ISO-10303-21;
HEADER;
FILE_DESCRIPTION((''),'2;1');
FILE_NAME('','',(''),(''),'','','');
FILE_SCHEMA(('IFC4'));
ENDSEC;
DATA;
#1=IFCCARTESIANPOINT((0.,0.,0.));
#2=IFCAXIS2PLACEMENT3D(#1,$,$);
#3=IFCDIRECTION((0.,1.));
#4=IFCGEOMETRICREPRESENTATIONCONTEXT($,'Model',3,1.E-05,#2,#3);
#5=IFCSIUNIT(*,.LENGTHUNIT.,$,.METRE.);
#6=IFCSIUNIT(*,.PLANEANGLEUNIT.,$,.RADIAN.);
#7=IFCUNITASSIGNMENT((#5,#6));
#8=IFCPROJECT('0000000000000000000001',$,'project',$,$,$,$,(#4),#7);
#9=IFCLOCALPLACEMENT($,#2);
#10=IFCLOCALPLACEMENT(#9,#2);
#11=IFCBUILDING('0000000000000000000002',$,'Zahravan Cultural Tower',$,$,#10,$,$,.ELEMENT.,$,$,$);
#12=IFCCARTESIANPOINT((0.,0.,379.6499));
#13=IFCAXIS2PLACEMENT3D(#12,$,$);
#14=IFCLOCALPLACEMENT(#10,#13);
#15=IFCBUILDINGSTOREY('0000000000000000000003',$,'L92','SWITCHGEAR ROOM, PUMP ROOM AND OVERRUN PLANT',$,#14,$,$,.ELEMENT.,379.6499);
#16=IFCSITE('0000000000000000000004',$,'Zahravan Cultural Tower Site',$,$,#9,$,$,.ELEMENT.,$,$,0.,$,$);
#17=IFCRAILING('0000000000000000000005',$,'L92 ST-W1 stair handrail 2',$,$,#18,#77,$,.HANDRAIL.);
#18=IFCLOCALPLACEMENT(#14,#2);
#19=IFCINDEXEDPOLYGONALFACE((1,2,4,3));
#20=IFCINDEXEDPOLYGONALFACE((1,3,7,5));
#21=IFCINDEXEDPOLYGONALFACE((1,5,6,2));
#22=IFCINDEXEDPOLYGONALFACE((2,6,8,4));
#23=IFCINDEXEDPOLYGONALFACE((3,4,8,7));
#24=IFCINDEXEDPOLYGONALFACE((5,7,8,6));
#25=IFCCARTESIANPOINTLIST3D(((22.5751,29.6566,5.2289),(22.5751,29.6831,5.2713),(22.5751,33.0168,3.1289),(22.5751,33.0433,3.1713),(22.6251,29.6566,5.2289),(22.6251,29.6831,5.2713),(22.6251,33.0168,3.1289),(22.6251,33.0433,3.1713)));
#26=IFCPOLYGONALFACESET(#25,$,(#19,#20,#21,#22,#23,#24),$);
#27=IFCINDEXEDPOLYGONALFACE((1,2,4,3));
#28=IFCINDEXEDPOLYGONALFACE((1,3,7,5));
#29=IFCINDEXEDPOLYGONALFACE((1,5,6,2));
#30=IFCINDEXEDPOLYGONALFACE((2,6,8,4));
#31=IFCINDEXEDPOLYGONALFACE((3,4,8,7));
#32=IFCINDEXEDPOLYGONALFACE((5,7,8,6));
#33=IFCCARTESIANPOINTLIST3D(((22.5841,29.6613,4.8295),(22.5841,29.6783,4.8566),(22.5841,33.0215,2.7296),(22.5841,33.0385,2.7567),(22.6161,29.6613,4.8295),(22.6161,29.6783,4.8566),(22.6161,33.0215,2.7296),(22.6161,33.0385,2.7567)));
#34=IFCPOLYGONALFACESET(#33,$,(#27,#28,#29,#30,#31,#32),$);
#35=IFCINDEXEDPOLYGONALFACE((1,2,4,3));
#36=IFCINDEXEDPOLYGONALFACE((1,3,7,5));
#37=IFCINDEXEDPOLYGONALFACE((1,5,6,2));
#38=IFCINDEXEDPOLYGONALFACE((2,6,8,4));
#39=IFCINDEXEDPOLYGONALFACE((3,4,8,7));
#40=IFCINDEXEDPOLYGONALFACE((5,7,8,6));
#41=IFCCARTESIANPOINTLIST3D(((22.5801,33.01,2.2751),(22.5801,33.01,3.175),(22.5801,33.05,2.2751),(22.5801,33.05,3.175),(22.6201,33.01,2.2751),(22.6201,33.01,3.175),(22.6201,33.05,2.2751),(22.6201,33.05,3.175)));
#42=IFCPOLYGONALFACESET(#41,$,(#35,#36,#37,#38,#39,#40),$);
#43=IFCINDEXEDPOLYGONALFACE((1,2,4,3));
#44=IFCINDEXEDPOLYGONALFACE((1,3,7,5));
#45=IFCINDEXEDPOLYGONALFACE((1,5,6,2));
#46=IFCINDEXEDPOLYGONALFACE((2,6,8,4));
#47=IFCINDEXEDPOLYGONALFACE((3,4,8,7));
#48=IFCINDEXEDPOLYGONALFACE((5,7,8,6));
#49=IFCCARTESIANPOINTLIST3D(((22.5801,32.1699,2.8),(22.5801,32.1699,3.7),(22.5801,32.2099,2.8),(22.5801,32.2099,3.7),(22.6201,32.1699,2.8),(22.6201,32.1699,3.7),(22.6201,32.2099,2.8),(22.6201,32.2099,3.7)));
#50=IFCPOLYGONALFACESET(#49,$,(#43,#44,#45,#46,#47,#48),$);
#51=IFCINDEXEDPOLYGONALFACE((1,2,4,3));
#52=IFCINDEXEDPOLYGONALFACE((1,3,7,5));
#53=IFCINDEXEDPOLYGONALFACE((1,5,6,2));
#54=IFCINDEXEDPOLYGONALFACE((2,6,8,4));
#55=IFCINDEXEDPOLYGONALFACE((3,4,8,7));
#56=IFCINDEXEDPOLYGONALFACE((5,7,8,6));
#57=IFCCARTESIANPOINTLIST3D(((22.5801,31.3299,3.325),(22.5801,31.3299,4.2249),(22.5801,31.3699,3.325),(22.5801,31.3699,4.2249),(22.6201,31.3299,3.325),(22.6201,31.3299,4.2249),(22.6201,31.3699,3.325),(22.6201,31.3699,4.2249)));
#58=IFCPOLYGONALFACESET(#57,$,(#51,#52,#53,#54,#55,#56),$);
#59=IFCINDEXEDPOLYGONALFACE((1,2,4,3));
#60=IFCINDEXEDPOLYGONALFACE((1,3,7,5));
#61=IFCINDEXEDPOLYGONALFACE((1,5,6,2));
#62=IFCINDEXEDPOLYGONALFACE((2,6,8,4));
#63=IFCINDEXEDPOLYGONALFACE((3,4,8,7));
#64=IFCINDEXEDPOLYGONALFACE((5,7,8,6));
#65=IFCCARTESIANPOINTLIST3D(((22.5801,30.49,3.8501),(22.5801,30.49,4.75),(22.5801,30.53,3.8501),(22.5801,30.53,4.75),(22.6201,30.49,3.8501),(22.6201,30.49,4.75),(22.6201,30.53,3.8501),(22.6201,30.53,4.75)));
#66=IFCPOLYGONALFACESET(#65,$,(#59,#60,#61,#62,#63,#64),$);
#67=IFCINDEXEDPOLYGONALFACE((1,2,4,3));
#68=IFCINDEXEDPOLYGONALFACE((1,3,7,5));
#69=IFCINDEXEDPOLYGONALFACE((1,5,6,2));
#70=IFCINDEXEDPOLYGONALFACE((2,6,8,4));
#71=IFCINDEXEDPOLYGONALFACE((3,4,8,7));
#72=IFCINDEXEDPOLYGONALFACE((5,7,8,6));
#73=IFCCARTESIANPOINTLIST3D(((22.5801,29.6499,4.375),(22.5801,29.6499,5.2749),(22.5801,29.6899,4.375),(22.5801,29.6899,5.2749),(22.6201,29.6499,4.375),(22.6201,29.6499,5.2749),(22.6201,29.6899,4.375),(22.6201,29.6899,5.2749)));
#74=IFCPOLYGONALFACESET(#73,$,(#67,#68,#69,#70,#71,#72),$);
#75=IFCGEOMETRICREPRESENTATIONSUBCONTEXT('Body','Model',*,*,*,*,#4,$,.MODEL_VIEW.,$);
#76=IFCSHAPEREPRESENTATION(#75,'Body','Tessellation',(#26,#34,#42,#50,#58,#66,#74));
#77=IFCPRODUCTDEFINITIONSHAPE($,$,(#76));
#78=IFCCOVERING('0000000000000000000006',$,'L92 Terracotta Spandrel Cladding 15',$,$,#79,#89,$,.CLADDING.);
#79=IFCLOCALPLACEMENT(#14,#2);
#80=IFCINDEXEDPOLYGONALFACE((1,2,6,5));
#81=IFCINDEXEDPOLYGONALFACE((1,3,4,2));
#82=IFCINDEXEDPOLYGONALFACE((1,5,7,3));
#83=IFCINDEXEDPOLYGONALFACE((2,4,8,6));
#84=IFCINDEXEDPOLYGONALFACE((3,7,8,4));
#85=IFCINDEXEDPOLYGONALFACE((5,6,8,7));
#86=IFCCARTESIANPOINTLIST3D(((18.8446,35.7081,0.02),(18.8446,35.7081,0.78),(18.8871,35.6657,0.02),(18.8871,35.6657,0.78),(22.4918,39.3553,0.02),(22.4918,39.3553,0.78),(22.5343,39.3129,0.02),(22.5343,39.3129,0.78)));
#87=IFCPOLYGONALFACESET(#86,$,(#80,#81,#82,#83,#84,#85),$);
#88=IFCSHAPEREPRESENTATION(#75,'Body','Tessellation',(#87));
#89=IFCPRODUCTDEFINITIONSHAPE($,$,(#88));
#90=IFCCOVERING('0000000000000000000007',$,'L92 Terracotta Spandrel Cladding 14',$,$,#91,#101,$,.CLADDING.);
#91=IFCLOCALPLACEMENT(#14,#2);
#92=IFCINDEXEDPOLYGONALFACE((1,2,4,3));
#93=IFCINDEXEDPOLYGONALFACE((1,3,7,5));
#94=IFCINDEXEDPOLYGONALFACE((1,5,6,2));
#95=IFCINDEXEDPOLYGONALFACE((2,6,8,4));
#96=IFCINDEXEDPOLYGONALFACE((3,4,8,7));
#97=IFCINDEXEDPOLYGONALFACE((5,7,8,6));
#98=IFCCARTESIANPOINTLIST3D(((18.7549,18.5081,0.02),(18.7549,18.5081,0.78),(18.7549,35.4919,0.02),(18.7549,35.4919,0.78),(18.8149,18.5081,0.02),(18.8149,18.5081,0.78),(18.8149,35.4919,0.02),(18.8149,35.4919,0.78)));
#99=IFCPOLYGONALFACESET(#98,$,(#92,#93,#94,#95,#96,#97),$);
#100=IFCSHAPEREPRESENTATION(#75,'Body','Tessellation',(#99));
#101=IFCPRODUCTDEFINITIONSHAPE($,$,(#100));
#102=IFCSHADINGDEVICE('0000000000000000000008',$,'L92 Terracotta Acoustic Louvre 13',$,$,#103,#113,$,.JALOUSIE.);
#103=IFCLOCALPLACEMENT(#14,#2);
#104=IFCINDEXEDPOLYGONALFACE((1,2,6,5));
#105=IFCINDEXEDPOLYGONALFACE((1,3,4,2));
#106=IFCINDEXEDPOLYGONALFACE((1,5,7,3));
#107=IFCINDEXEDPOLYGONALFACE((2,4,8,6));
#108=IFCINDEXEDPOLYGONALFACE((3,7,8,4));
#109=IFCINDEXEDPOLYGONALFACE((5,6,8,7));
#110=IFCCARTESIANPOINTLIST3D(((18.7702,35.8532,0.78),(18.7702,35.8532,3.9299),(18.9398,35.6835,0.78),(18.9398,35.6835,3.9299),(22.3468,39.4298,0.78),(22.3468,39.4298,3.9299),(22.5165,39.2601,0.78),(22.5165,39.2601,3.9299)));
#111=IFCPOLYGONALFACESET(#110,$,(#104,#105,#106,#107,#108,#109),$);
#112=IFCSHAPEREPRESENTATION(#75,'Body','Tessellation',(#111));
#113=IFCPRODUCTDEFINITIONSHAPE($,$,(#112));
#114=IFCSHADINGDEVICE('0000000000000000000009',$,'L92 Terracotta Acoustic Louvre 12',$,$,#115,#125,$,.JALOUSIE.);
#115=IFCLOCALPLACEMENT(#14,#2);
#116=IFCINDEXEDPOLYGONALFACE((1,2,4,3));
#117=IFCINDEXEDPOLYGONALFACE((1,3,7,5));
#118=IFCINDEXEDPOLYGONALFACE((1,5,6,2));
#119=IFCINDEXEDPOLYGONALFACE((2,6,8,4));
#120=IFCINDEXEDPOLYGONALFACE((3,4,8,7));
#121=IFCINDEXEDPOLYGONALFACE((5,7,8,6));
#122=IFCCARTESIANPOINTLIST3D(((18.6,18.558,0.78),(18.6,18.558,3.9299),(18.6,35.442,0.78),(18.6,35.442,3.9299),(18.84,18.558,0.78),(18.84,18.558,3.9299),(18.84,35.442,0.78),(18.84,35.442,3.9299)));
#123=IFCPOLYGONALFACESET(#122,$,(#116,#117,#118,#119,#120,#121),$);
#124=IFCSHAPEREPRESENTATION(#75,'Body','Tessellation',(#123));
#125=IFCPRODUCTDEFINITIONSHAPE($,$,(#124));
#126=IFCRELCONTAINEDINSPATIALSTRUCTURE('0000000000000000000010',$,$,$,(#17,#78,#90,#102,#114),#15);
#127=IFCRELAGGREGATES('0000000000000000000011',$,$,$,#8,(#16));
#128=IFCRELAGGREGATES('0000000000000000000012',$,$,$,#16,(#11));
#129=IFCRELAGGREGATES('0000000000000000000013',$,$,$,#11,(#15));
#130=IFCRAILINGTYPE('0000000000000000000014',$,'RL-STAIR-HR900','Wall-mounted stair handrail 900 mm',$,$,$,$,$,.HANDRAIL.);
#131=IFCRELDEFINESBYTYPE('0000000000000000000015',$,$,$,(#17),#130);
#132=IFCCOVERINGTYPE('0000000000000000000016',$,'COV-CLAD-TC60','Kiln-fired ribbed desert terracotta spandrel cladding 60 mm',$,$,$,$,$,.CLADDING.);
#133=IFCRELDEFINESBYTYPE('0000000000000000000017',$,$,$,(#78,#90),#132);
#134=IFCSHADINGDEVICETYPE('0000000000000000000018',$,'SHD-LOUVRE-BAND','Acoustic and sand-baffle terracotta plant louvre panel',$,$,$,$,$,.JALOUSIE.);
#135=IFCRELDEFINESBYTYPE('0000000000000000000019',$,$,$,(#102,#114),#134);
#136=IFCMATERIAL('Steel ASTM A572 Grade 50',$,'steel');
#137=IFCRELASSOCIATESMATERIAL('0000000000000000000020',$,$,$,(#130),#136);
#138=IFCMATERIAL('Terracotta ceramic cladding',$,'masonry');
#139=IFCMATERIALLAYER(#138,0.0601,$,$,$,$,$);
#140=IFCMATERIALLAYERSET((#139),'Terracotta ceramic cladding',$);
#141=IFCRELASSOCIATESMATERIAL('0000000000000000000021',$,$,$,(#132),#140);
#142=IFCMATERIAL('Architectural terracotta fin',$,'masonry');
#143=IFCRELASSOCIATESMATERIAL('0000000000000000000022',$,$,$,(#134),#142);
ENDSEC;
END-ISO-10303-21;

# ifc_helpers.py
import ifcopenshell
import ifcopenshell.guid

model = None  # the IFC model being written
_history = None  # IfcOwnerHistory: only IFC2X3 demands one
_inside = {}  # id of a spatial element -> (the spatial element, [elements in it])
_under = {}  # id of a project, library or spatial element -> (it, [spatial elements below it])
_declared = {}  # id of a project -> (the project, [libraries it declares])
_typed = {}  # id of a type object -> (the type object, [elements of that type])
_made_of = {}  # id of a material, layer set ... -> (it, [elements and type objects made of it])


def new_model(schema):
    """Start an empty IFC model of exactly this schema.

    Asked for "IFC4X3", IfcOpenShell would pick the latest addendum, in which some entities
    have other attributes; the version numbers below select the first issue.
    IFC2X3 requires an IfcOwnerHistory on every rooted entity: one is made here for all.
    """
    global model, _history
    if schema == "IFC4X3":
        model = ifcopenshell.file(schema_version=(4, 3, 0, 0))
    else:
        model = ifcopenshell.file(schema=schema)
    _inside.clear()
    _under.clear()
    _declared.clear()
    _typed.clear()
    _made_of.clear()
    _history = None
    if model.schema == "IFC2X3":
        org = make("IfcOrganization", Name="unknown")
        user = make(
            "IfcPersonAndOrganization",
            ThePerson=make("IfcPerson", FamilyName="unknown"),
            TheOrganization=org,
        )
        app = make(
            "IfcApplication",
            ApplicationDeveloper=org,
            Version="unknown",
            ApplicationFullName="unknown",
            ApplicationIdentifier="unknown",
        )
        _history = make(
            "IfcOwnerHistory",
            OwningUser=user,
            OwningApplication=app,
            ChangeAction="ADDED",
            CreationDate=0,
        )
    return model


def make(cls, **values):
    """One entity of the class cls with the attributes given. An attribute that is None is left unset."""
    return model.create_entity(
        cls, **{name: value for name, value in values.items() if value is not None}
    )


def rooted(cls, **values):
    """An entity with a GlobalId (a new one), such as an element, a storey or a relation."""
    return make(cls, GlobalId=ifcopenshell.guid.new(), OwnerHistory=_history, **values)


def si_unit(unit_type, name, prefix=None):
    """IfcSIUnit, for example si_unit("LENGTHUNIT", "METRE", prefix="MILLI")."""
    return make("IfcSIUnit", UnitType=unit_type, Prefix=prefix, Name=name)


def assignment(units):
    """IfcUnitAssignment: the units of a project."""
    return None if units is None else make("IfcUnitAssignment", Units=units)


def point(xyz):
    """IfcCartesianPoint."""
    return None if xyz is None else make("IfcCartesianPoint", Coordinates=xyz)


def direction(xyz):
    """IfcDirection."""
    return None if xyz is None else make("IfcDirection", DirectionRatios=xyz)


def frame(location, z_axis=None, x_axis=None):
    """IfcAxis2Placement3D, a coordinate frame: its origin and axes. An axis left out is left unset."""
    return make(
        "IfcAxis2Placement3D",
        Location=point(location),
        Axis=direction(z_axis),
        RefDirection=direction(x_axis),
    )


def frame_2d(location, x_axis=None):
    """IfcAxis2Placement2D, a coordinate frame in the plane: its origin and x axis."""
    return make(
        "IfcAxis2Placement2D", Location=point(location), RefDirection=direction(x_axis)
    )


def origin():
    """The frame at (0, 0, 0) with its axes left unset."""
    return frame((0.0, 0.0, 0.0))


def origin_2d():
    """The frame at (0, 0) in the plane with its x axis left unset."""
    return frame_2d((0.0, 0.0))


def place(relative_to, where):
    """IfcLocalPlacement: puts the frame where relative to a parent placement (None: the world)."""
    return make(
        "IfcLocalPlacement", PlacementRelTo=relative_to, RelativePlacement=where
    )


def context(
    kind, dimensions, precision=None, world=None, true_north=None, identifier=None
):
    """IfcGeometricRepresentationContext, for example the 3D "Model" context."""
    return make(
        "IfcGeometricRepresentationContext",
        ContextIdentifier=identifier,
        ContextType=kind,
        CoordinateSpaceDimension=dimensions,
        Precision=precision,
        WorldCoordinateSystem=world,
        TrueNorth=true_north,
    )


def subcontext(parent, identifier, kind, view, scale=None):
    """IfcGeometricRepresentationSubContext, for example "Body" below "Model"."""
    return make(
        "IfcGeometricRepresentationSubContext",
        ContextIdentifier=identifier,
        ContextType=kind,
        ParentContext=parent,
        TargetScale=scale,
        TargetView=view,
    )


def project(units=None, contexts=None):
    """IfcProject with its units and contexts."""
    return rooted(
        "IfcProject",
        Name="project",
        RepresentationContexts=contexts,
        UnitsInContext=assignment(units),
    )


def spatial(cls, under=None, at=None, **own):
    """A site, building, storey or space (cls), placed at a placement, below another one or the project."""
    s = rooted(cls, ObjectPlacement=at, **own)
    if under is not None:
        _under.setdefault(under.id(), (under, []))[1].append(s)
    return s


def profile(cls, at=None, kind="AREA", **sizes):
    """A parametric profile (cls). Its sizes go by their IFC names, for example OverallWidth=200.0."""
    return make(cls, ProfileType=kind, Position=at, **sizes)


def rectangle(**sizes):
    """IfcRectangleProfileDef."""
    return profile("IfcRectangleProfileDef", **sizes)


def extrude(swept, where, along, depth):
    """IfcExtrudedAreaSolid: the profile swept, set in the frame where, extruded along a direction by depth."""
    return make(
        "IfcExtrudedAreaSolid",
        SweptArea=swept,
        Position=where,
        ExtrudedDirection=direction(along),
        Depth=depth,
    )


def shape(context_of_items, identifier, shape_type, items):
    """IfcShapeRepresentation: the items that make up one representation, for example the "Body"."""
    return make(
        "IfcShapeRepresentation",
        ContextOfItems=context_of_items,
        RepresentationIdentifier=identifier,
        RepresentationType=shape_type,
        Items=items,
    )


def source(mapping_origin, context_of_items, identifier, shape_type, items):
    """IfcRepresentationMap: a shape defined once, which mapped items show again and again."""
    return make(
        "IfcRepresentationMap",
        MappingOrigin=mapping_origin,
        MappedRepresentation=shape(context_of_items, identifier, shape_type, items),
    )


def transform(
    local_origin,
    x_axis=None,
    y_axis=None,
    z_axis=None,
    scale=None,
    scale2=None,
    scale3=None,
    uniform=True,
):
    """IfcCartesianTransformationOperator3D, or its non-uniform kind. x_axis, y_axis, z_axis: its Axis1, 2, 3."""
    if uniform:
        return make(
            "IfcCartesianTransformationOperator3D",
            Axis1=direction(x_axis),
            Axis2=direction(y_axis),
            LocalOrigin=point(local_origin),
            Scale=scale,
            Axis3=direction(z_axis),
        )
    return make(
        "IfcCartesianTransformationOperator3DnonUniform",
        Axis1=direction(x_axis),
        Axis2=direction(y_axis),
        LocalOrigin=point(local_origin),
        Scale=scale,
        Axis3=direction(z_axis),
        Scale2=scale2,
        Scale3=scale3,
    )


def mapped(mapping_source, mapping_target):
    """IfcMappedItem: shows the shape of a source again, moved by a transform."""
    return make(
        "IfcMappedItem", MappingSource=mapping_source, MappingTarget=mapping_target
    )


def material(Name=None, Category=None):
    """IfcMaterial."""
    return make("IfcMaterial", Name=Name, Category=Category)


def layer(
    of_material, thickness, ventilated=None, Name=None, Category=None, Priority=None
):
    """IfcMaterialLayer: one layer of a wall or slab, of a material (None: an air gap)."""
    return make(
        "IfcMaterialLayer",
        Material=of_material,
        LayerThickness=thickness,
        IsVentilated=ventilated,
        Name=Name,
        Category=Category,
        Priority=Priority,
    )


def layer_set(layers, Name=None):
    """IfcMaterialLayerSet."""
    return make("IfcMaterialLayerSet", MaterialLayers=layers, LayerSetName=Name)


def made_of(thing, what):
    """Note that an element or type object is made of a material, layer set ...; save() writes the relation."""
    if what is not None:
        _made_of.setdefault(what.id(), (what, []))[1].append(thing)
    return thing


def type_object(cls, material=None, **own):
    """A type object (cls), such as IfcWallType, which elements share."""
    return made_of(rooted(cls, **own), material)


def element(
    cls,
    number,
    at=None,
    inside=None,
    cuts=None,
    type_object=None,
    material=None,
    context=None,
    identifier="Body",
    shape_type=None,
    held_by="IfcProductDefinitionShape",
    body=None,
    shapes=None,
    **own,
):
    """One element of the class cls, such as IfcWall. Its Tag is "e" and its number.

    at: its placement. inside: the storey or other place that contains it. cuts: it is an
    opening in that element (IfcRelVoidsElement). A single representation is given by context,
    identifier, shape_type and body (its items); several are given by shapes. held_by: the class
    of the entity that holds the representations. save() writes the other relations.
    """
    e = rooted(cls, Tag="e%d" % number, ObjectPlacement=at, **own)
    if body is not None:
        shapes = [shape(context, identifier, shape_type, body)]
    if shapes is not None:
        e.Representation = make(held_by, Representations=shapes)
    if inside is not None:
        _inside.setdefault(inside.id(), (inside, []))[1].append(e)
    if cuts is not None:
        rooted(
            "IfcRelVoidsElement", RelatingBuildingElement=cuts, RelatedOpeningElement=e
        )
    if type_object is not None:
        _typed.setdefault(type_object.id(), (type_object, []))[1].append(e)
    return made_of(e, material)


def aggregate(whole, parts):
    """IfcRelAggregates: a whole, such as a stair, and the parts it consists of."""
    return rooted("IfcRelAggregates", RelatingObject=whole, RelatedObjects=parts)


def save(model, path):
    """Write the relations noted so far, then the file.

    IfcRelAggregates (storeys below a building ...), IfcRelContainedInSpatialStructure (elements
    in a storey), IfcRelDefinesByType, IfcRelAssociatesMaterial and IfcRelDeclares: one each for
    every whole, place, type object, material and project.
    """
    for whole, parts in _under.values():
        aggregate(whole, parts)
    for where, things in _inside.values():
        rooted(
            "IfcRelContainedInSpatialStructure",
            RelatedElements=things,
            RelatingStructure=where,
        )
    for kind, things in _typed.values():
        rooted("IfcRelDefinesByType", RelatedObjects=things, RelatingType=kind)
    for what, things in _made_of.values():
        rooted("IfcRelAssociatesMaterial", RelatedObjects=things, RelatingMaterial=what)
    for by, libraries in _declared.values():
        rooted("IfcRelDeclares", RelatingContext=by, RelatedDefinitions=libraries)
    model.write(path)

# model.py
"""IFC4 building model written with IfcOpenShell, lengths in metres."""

from ifc_helpers import new_model, si_unit, direction, frame, origin, origin_2d, place, context, subcontext, project, spatial, rectangle, extrude, source, transform, mapped, material, layer, layer_set, type_object, element, save


model = new_model("IFC4")

# Units and contexts
model_context = context("Model", 3, precision=1e-05, world=origin(), true_north=direction((0.0, 1.0)))
body_context = subcontext(model_context, "Body", "Model", "MODEL_VIEW")
ifc_project = project(units=[si_unit("LENGTHUNIT", "METRE"), si_unit("PLANEANGLEUNIT", "RADIAN")], contexts=[model_context])

# Site, building, storey
site_placement = place(None, origin())
site = spatial("IfcSite", under=ifc_project, at=site_placement, Name="Zahravan Cultural Tower Site", CompositionType="ELEMENT", RefElevation=0.0)
building_placement = place(site_placement, origin())
building = spatial("IfcBuilding", under=site, at=building_placement, Name="Zahravan Cultural Tower", CompositionType="ELEMENT")
storey_placement = place(building_placement, frame((0.0, 0.0, 379.6499)))
storey = spatial("IfcBuildingStorey", under=building, at=storey_placement, Name="L92", Description="SWITCHGEAR ROOM, PUMP ROOM AND OVERRUN PLANT", CompositionType="ELEMENT", Elevation=379.6499)

# Railing
ifc_material_1 = material(Name="Steel ASTM A572 Grade 50", Category="steel")
railing_type_1 = type_object("IfcRailingType", Name="RL-STAIR-HR900", Description="Wall-mounted stair handrail 900 mm", PredefinedType="HANDRAIL", material=ifc_material_1)
railing_1_placement = place(storey_placement, frame((22.6001, 33.03, 2.2751)))
element("IfcRailing", 1, at=railing_1_placement, inside=storey, type_object=railing_type_1, Name="L92 ST-W1 stair handrail 2", PredefinedType="HANDRAIL", context=body_context, shape_type="SweptSolid", body=[
    extrude(rectangle(XDim=0.05, YDim=0.05, at=origin_2d()), frame((0.0, 0.0, 0.875), z_axis=(0.0, -0.848023, 0.52996), x_axis=(1.0, 0.0, 0.0)), (0.0, 0.0, 1.0), 3.9624),
    extrude(rectangle(XDim=0.032, YDim=0.032, at=origin_2d()), frame((0.0, 0.0, 0.468), z_axis=(0.0, -0.848023, 0.52996), x_axis=(1.0, 0.0, 0.0)), (0.0, 0.0, 1.0), 3.9624),
    extrude(rectangle(XDim=0.04, YDim=0.04, at=origin_2d()), origin(), (0.0, 0.0, 1.0), 0.8999),
    extrude(rectangle(XDim=0.04, YDim=0.04, at=origin_2d()), frame((0.0, -0.8401, 0.5249)), (0.0, 0.0, 1.0), 0.8999),
    extrude(rectangle(XDim=0.04, YDim=0.04, at=origin_2d()), frame((0.0, -1.6802, 1.0498)), (0.0, 0.0, 1.0), 0.8999),
    extrude(rectangle(XDim=0.04, YDim=0.04, at=origin_2d()), frame((0.0, -2.52, 1.575)), (0.0, 0.0, 1.0), 0.8999),
    extrude(rectangle(XDim=0.04, YDim=0.04, at=origin_2d()), frame((0.0, -3.3601, 2.0999)), (0.0, 0.0, 1.0), 0.8999),
])

# Coverings
ifc_material_2 = material(Name="Terracotta ceramic cladding", Category="masonry")
ifc_layer_1 = layer(ifc_material_2, 0.0601)
ifc_layer_set_1 = layer_set([ifc_layer_1], Name="Terracotta ceramic cladding")
covering_type = type_object("IfcCoveringType", Name="COV-CLAD-TC60", Description="Kiln-fired ribbed desert terracotta spandrel cladding 60 mm", PredefinedType="CLADDING", material=ifc_layer_set_1)
shared_shape_1 = source(origin(), body_context, "Body", "SweptSolid", [
    extrude(rectangle(XDim=5.158, YDim=0.0601, at=origin_2d()), origin(), (0.0, 0.0, 1.0), 0.76),
])
covering_1_placement = place(storey_placement, frame((20.6895, 37.5105, 0.02), z_axis=(0.0, 0.0, 1.0), x_axis=(0.707107, 0.707107, 0.0)))
element("IfcCovering", 2, at=covering_1_placement, inside=storey, type_object=covering_type, Name="L92 Terracotta Spandrel Cladding 15", PredefinedType="CLADDING", context=body_context, shape_type="MappedRepresentation", body=[
    mapped(shared_shape_1, transform((0.0, 0.0, 0.0), x_axis=(1.0, 0.0, 0.0), y_axis=(0.0, 1.0, 0.0), z_axis=(0.0, 0.0, 1.0), scale=1.0)),
])
shared_shape_2 = source(origin(), body_context, "Body", "SweptSolid", [
    extrude(rectangle(XDim=16.9839, YDim=0.0601, at=origin_2d()), origin(), (0.0, 0.0, 1.0), 0.76),
])
covering_2_placement = place(storey_placement, frame((18.7849, 27.0, 0.02), z_axis=(0.0, 0.0, 1.0), x_axis=(0.0, 1.0, 0.0)))
element("IfcCovering", 3, at=covering_2_placement, inside=storey, type_object=covering_type, Name="L92 Terracotta Spandrel Cladding 14", PredefinedType="CLADDING", context=body_context, shape_type="MappedRepresentation", body=[
    mapped(shared_shape_2, transform((0.0, 0.0, 0.0), x_axis=(1.0, 0.0, 0.0), y_axis=(0.0, 1.0, 0.0), z_axis=(0.0, 0.0, 1.0), scale=1.0)),
])

# Shading devices
ifc_material_3 = material(Name="Architectural terracotta fin", Category="masonry")
shading_device_type = type_object("IfcShadingDeviceType", Name="SHD-LOUVRE-BAND", Description="Acoustic and sand-baffle terracotta plant louvre panel", PredefinedType="JALOUSIE", material=ifc_material_3)
shared_shape_3 = source(origin(), body_context, "Body", "SweptSolid", [
    extrude(rectangle(XDim=5.0581, YDim=0.24, at=origin_2d()), origin(), (0.0, 0.0, 1.0), 3.1499),
])
shading_device_1_placement = place(storey_placement, frame((20.6433, 37.5566, 0.78), z_axis=(0.0, 0.0, 1.0), x_axis=(0.707107, 0.707107, 0.0)))
element("IfcShadingDevice", 4, at=shading_device_1_placement, inside=storey, type_object=shading_device_type, Name="L92 Terracotta Acoustic Louvre 13", PredefinedType="JALOUSIE", context=body_context, shape_type="MappedRepresentation", body=[
    mapped(shared_shape_3, transform((0.0, 0.0, 0.0), x_axis=(1.0, 0.0, 0.0), y_axis=(0.0, 1.0, 0.0), z_axis=(0.0, 0.0, 1.0), scale=1.0)),
])
shared_shape_4 = source(origin(), body_context, "Body", "SweptSolid", [
    extrude(rectangle(XDim=16.884, YDim=0.24, at=origin_2d()), origin(), (0.0, 0.0, 1.0), 3.1499),
])
shading_device_2_placement = place(storey_placement, frame((18.72, 27.0, 0.78), z_axis=(0.0, 0.0, 1.0), x_axis=(0.0, 1.0, 0.0)))
element("IfcShadingDevice", 5, at=shading_device_2_placement, inside=storey, type_object=shading_device_type, Name="L92 Terracotta Acoustic Louvre 12", PredefinedType="JALOUSIE", context=body_context, shape_type="MappedRepresentation", body=[
    mapped(shared_shape_4, transform((0.0, 0.0, 0.0), x_axis=(1.0, 0.0, 0.0), y_axis=(0.0, 1.0, 0.0), z_axis=(0.0, 0.0, 1.0), scale=1.0)),
])

save(model, "model.ifc")
